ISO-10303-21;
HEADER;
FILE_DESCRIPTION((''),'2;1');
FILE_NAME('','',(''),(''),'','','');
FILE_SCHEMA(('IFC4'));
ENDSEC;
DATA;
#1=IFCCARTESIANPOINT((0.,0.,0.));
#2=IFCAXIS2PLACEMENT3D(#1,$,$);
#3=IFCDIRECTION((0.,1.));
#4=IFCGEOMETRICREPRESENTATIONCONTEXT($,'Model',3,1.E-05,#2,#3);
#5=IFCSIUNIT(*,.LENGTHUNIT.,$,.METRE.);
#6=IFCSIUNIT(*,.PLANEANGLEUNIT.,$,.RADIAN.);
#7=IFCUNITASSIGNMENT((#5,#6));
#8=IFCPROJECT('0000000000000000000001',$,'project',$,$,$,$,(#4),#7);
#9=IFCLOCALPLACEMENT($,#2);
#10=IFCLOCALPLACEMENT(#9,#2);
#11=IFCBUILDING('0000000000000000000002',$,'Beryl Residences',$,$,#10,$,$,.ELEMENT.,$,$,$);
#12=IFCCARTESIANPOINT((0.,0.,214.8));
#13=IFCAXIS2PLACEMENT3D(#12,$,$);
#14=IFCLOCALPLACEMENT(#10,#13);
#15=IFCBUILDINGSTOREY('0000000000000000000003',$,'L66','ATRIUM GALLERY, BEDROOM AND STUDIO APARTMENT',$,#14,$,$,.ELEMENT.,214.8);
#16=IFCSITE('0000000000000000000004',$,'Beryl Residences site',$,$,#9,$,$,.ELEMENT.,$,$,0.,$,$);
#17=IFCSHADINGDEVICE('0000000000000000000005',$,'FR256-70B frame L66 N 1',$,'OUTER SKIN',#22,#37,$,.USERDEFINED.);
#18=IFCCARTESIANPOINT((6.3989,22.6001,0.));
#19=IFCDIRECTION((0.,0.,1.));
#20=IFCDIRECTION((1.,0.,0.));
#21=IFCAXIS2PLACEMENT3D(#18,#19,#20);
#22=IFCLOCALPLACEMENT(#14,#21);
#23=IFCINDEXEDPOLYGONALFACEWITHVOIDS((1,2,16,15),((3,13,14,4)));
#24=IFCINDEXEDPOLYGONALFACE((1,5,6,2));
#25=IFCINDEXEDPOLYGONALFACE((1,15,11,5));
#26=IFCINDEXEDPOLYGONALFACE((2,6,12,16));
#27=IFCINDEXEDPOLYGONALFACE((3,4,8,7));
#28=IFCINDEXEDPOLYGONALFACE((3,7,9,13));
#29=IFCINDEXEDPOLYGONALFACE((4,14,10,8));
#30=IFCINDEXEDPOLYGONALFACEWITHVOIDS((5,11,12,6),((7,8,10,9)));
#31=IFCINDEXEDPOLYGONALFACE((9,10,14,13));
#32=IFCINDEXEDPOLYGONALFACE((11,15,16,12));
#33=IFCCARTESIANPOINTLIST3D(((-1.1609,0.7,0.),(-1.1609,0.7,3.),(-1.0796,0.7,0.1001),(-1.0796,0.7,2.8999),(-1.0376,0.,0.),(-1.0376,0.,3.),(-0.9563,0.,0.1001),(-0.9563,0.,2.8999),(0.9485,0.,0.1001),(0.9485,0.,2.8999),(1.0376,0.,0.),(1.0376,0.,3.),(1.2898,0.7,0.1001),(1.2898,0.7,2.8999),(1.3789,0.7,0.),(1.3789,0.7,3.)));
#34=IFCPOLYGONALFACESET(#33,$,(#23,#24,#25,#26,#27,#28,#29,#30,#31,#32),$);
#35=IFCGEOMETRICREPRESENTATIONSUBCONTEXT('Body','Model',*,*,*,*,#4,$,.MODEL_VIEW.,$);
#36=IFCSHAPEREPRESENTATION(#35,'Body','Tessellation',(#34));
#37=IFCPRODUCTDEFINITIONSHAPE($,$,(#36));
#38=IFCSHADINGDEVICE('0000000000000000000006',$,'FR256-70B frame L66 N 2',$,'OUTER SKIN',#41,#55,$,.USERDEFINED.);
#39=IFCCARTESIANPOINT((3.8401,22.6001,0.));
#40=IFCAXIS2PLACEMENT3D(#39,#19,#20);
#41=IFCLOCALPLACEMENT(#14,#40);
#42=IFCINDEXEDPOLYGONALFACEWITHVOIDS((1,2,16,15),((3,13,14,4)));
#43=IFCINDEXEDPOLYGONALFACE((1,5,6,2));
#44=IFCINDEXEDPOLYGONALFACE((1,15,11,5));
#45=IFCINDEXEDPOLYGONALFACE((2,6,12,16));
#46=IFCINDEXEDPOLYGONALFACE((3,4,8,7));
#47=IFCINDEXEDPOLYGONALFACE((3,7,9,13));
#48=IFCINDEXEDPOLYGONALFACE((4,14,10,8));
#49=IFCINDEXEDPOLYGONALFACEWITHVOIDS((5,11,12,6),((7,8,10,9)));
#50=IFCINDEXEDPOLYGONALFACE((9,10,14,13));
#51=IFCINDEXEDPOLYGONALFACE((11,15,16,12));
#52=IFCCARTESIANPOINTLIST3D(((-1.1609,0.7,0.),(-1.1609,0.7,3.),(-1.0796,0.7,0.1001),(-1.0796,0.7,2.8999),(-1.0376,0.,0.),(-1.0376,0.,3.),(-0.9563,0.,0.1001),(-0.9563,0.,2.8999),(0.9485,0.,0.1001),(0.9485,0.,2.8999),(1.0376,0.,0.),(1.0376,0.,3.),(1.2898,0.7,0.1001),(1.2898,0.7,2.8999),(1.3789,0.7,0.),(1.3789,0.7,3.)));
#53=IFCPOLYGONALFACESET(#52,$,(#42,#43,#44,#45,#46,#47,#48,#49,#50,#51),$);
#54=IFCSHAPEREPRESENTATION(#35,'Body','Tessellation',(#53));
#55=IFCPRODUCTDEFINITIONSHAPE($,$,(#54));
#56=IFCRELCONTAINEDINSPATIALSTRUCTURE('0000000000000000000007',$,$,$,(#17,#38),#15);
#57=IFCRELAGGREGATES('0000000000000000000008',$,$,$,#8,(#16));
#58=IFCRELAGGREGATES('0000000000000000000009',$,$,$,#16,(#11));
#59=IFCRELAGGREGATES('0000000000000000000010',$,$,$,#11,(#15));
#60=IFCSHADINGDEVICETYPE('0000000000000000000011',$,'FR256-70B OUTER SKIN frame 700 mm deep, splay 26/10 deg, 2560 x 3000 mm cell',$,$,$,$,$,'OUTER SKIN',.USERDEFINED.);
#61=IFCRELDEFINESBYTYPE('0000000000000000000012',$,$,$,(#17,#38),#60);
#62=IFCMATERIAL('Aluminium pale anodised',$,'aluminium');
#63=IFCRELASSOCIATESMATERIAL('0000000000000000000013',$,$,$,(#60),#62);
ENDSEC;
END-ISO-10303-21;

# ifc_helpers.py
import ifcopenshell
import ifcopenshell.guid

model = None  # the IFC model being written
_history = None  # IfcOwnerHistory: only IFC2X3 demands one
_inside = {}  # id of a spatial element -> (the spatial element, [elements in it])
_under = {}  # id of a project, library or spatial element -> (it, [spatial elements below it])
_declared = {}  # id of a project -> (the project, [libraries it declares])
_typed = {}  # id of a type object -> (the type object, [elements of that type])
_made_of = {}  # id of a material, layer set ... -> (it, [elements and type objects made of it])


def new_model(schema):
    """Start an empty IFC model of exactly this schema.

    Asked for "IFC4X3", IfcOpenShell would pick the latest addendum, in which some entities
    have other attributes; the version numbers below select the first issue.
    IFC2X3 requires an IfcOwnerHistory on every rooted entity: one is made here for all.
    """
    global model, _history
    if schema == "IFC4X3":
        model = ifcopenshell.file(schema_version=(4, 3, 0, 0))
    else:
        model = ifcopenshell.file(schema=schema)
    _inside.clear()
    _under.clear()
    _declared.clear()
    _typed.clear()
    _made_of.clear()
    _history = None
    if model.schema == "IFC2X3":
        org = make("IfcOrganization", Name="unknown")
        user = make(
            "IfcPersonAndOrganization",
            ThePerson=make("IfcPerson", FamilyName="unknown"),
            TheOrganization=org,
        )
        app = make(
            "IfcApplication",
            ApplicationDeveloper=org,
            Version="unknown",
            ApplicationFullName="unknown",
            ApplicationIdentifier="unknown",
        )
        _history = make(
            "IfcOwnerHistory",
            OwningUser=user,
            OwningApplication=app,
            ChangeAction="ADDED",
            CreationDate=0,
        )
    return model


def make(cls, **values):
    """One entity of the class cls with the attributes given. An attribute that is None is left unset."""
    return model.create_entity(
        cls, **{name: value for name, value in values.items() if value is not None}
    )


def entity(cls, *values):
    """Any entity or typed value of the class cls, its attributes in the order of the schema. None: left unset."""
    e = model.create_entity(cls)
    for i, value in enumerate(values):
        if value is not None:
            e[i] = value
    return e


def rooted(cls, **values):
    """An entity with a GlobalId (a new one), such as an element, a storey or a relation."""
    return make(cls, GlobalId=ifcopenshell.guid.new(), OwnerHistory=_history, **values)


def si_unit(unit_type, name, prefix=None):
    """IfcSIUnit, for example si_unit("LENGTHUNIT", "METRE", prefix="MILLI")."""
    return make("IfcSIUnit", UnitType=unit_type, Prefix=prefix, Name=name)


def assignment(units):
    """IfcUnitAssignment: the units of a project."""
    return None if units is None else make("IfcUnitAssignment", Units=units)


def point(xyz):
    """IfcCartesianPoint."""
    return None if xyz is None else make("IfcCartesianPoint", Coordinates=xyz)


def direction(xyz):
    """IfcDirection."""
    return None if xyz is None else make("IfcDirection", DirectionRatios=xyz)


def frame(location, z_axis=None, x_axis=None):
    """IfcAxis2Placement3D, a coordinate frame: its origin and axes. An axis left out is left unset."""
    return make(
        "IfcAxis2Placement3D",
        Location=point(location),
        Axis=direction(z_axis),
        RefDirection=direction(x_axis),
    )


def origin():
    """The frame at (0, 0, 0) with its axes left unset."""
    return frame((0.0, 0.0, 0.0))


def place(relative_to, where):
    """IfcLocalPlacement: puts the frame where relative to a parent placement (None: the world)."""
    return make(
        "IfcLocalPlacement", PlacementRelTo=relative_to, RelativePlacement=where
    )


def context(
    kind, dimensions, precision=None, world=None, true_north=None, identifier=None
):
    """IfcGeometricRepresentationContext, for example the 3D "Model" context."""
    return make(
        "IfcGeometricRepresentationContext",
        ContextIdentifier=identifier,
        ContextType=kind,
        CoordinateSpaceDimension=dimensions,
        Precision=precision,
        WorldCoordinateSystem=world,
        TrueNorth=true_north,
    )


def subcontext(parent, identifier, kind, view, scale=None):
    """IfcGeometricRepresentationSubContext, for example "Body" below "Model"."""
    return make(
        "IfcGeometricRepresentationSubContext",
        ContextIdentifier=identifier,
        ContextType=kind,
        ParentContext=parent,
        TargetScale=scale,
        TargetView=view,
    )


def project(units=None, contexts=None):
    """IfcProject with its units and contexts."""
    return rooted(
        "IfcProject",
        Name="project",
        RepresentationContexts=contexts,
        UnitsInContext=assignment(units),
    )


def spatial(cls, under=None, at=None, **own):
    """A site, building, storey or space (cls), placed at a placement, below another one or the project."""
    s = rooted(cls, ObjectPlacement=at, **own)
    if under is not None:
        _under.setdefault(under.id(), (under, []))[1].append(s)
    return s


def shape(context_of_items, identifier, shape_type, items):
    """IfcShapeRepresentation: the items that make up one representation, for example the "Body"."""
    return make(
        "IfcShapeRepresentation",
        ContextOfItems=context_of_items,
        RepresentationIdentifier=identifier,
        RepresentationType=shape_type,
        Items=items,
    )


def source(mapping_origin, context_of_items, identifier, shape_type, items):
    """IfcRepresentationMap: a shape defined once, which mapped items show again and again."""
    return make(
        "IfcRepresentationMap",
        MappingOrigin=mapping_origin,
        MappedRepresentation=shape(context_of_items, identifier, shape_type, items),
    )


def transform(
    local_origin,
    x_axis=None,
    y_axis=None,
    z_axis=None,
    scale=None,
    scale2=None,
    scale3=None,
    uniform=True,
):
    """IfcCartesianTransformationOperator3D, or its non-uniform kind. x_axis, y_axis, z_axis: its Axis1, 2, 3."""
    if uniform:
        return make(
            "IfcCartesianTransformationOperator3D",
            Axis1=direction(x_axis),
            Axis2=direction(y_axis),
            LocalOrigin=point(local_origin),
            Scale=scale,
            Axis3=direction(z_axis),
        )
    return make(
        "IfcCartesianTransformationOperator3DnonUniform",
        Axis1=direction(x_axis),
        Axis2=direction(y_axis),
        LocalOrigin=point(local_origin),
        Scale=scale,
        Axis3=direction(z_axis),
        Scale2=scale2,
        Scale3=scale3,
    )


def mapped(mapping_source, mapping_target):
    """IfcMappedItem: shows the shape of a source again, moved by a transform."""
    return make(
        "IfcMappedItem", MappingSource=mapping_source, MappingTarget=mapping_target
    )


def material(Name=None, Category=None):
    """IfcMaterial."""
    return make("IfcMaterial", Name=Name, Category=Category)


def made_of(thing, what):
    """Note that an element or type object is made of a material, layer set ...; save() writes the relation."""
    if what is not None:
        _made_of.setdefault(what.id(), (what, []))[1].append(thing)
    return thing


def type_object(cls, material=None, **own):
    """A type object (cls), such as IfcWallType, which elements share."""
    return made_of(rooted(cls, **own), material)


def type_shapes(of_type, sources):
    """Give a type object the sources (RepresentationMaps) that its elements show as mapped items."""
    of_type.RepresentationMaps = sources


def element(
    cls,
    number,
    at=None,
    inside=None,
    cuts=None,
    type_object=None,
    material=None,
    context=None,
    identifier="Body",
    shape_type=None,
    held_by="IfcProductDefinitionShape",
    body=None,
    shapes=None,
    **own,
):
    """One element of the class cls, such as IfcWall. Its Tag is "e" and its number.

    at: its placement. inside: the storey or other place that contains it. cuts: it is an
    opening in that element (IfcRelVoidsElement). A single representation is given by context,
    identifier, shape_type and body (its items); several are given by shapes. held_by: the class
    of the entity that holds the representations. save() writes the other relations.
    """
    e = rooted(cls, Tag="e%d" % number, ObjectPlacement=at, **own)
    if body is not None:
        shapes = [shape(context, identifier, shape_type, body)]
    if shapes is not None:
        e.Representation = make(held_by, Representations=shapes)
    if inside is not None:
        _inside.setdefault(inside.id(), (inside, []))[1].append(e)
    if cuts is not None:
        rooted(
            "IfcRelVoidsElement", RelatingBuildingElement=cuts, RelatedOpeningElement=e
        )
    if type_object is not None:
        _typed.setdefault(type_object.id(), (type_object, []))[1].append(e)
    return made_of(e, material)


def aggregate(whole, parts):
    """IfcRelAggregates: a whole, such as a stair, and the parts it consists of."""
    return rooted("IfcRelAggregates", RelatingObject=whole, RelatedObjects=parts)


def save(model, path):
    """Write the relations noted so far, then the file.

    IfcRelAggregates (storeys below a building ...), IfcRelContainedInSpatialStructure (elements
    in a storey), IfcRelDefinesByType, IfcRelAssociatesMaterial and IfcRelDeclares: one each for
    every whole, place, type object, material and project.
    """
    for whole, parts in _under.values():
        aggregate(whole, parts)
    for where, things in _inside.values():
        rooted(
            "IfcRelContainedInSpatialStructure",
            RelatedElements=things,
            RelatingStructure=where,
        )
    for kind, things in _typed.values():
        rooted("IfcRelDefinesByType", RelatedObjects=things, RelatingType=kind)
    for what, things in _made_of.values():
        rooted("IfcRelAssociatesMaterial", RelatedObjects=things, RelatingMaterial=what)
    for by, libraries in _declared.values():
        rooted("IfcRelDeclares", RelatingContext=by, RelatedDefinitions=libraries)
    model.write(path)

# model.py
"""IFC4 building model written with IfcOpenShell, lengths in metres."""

from ifc_helpers import new_model, entity, si_unit, direction, frame, origin, place, context, subcontext, project, spatial, source, transform, mapped, material, type_object, type_shapes, element, save


model = new_model("IFC4")

# Units and contexts
model_context = context("Model", 3, precision=1e-05, world=origin(), true_north=direction((0.0, 1.0)))
body_context = subcontext(model_context, "Body", "Model", "MODEL_VIEW")
ifc_project = project(units=[si_unit("LENGTHUNIT", "METRE"), si_unit("PLANEANGLEUNIT", "RADIAN")], contexts=[model_context])

# Site, building, storey
site_placement = place(None, origin())
site = spatial("IfcSite", under=ifc_project, at=site_placement, Name="Beryl Residences site", CompositionType="ELEMENT", RefElevation=0.0)
building_placement = place(site_placement, origin())
building = spatial("IfcBuilding", under=site, at=building_placement, Name="Beryl Residences", CompositionType="ELEMENT")
storey_placement = place(building_placement, frame((0.0, 0.0, 214.8)))
storey = spatial("IfcBuildingStorey", under=building, at=storey_placement, Name="L66", Description="ATRIUM GALLERY, BEDROOM AND STUDIO APARTMENT", CompositionType="ELEMENT", Elevation=214.8)

# Shading devices
ifc_material_1 = material(Name="Aluminium pale anodised", Category="aluminium")
shading_device_type = type_object("IfcShadingDeviceType", Name="FR256-70B OUTER SKIN frame 700 mm deep, splay 26/10 deg, 2560 x 3000 mm cell", ElementType="OUTER SKIN", PredefinedType="USERDEFINED", material=ifc_material_1)
cartesian_point_1 = entity("IfcCartesianPoint", [-1.0376, 0.0])
cartesian_point_2 = entity("IfcCartesianPoint", [-0.9485, 0.1001])
cartesian_point_3 = entity("IfcCartesianPoint", [-1.3789, 0.0])
cartesian_point_4 = entity("IfcCartesianPoint", [-1.2898, 0.1001])
shared_shape_1 = source(origin(), body_context, "Body", "SweptSolid", [
    entity("IfcExtrudedAreaSolidTapered", entity("IfcArbitraryProfileDefWithVoids", "AREA", None, entity("IfcPolyline", [cartesian_point_1, entity("IfcCartesianPoint", [1.0376, 0.0]), entity("IfcCartesianPoint", [1.0376, 3.0]), entity("IfcCartesianPoint", [-1.0376, 3.0]), cartesian_point_1]), [entity("IfcPolyline", [cartesian_point_2, entity("IfcCartesianPoint", [0.9563, 0.1001]), entity("IfcCartesianPoint", [0.9563, 2.8999]), entity("IfcCartesianPoint", [-0.9485, 2.8999]), cartesian_point_2])]), entity("IfcAxis2Placement3D", entity("IfcCartesianPoint", [0.0, 0.0, 0.0]), entity("IfcDirection", [0.0, 1.0, 0.0]), entity("IfcDirection", [-1.0, 0.0, 0.0])), entity("IfcDirection", [0.0, 0.0, 1.0]), 0.7, entity("IfcArbitraryProfileDefWithVoids", "AREA", None, entity("IfcPolyline", [cartesian_point_3, entity("IfcCartesianPoint", [1.1609, 0.0]), entity("IfcCartesianPoint", [1.1609, 3.0]), entity("IfcCartesianPoint", [-1.3789, 3.0]), cartesian_point_3]), [entity("IfcPolyline", [cartesian_point_4, entity("IfcCartesianPoint", [1.0796, 0.1001]), entity("IfcCartesianPoint", [1.0796, 2.8999]), entity("IfcCartesianPoint", [-1.2898, 2.8999]), cartesian_point_4])])),
])
type_shapes(shading_device_type, [shared_shape_1])
for number, where, z_axis, x_axis, name in (
    (1, (6.3989, 22.6001, 0.0), (0.0, 0.0, 1.0), (1.0, 0.0, 0.0), "FR256-70B frame L66 N 1"),
    (2, (3.8401, 22.6001, 0.0), (0.0, 0.0, 1.0), (1.0, 0.0, 0.0), "FR256-70B frame L66 N 2"),
):
    element("IfcShadingDevice", number, at=place(storey_placement, frame(where, z_axis=z_axis, x_axis=x_axis)), inside=storey, type_object=shading_device_type, Name=name, ObjectType="OUTER SKIN", PredefinedType="USERDEFINED", context=body_context, shape_type="MappedRepresentation", body=[
        mapped(shared_shape_1, transform((0.0, 0.0, 0.0))),
    ])

save(model, "model.ifc")
